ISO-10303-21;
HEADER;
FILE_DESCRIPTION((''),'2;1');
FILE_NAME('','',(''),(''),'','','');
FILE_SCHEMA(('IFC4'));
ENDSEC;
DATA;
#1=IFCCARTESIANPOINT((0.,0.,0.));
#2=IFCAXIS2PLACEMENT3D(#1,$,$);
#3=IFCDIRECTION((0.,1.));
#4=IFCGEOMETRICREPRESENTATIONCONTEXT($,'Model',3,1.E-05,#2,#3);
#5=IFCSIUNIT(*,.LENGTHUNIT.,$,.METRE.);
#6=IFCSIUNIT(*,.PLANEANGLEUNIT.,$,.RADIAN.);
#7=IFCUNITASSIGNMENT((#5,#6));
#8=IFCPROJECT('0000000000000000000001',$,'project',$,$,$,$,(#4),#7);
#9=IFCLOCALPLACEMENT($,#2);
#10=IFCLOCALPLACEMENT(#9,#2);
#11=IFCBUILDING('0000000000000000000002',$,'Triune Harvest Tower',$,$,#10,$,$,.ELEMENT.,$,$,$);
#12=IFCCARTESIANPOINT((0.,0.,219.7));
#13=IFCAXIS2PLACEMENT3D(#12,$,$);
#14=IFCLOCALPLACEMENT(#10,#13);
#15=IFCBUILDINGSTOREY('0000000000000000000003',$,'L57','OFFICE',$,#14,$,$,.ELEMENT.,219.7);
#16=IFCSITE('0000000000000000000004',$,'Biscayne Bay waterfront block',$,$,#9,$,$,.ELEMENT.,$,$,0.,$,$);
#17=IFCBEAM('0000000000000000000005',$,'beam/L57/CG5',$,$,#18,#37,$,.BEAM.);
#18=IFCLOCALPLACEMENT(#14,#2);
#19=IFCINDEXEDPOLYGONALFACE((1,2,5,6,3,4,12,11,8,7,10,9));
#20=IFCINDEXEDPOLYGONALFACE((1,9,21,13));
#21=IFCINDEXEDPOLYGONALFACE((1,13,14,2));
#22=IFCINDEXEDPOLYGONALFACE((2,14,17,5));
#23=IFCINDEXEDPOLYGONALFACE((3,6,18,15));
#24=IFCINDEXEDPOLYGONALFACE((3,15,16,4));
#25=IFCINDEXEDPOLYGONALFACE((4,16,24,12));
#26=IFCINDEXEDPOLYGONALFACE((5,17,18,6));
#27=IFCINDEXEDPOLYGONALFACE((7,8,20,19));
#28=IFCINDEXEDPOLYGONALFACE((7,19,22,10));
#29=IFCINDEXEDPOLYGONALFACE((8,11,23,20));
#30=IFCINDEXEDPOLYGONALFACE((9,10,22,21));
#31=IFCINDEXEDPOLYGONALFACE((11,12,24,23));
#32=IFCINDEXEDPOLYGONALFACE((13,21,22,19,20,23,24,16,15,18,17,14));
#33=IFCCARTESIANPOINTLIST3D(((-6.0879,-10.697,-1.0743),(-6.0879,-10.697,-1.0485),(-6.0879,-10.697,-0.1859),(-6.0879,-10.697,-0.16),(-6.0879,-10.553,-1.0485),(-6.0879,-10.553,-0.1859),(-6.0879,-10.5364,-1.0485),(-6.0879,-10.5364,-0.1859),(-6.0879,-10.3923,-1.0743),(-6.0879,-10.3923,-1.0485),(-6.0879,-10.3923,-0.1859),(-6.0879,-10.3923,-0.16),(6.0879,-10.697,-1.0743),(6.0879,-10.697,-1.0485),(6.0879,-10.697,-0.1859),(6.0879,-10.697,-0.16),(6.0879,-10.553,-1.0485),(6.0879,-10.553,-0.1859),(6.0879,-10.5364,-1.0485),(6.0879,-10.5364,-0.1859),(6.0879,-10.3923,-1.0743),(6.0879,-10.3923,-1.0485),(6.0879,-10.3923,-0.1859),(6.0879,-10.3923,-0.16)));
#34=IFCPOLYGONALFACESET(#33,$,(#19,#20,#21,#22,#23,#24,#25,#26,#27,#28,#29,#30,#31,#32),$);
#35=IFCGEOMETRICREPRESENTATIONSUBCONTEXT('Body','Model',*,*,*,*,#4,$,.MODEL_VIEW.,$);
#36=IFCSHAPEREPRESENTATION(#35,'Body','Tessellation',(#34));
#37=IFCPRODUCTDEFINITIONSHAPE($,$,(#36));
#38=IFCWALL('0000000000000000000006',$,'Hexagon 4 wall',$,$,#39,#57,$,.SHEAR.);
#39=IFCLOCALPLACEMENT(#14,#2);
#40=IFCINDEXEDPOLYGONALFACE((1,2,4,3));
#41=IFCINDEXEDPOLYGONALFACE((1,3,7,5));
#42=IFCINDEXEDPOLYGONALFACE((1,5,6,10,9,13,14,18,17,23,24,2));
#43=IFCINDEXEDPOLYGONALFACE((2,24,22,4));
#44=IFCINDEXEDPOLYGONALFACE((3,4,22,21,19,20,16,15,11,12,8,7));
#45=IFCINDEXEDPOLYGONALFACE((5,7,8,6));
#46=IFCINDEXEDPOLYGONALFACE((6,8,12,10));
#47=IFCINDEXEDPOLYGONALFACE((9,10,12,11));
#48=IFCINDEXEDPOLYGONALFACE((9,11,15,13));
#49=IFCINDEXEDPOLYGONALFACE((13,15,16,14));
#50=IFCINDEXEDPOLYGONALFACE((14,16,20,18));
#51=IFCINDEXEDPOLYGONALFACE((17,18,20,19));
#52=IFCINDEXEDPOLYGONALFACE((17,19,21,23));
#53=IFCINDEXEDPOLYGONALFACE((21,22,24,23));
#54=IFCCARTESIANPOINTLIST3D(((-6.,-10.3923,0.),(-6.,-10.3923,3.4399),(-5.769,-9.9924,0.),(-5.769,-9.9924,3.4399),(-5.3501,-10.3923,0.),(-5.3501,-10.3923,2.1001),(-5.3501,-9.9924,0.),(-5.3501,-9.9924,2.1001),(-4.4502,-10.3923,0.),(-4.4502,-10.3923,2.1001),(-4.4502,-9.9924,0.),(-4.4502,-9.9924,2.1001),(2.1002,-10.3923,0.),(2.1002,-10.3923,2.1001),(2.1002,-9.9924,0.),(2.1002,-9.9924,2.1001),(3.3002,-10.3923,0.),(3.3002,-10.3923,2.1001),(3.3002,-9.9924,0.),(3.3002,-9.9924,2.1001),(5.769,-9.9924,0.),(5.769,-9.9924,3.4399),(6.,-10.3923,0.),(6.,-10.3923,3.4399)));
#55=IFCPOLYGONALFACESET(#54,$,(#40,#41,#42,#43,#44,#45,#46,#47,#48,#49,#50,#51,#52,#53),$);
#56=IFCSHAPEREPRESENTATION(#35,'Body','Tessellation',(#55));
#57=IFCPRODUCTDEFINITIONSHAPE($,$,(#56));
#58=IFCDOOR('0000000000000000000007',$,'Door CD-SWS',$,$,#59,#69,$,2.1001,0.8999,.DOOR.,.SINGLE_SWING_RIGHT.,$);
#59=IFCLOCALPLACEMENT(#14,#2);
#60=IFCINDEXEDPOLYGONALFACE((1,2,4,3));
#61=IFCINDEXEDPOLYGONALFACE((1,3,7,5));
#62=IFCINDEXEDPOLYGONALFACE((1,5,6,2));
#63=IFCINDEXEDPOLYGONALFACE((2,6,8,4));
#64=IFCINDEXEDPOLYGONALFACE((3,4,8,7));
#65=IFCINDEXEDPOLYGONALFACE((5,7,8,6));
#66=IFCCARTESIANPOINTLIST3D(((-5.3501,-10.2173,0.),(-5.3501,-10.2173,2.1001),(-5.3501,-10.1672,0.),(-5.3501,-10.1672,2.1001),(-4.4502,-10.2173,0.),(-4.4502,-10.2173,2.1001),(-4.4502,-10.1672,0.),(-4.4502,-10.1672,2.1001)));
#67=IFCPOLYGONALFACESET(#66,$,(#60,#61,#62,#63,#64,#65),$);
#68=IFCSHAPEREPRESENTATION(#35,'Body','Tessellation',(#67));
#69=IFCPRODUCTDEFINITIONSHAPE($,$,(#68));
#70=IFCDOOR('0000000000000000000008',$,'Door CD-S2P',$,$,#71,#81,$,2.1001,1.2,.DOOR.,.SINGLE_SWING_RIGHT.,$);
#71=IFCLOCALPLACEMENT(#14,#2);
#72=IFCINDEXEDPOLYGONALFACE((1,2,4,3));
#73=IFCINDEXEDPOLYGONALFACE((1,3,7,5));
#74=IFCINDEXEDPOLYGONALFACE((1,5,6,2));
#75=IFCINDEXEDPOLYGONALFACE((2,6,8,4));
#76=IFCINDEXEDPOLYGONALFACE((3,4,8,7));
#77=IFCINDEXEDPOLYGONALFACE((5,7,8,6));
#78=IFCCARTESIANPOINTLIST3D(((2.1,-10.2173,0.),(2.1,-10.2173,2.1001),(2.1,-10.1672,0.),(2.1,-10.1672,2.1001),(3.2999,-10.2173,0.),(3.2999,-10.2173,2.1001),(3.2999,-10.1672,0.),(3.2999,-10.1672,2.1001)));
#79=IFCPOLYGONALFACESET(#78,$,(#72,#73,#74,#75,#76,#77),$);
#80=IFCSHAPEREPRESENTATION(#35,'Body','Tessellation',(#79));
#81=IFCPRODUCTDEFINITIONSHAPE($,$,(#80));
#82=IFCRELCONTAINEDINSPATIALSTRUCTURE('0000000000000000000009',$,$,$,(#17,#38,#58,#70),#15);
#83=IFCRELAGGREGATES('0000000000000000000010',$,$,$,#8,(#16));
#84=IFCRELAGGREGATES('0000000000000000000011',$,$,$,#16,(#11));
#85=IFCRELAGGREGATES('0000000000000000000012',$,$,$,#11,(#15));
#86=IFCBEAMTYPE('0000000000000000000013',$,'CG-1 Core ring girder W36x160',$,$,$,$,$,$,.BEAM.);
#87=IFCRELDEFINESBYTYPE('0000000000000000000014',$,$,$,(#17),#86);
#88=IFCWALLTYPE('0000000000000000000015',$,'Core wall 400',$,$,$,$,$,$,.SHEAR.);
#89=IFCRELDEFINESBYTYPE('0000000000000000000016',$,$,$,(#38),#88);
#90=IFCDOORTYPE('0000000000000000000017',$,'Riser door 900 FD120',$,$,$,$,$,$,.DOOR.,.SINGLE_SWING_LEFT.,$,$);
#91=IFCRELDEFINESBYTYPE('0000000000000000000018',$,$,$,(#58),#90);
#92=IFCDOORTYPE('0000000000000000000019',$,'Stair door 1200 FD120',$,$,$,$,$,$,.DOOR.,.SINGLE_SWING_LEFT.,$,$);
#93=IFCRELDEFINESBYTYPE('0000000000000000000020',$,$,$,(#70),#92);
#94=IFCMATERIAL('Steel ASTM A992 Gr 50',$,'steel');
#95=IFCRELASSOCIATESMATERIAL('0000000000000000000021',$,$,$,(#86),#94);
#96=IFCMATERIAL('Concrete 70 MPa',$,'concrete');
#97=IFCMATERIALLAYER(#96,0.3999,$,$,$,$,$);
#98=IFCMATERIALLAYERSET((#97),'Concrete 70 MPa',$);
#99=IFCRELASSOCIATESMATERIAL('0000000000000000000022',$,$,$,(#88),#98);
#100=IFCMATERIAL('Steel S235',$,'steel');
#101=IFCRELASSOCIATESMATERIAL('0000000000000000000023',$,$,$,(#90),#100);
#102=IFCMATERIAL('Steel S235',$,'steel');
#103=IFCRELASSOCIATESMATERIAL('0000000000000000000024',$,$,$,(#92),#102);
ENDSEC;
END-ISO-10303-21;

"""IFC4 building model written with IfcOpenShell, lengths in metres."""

from ifc_helpers import new_model, si_unit, direction, frame, frame_2d, origin, origin_2d, place, context, subcontext, project, spatial, polyline, rectangle, i_section, outline, extrude, source, transform, mapped, material, layer, layer_set, material_profile, profile_set, type_object, element, fill, save


model = new_model("IFC4")

# Units and contexts
model_context = context("Model", 3, precision=1e-05, world=origin(), true_north=direction((0.0, 1.0)))
body_context = subcontext(model_context, "Body", "Model", "MODEL_VIEW")
ifc_project = project(units=[si_unit("LENGTHUNIT", "METRE"), si_unit("PLANEANGLEUNIT", "RADIAN")], contexts=[model_context])

# Site, building, storey
site_placement = place(None, origin())
site = spatial("IfcSite", under=ifc_project, at=site_placement, Name="Biscayne Bay waterfront block", CompositionType="ELEMENT", RefElevation=0.0)
building_placement = place(site_placement, origin())
building = spatial("IfcBuilding", under=site, at=building_placement, Name="Triune Harvest Tower", CompositionType="ELEMENT")
storey_placement = place(building_placement, frame((0.0, 0.0, 219.7)))
storey = spatial("IfcBuildingStorey", under=building, at=storey_placement, Name="L57", Description="OFFICE", CompositionType="ELEMENT", Elevation=219.7)

# Beam
ifc_material_1 = material(Name="Steel ASTM A992 Gr 50", Category="steel")
ifc_material_profile = material_profile(ifc_material_1, i_section(OverallWidth=0.3047, OverallDepth=0.9143, WebThickness=0.0166, FlangeThickness=0.0259, at=origin_2d()), Name="W36x160")
ifc_profile_set = profile_set([ifc_material_profile], Name="Steel ASTM A992 Gr 50")
beam_type = type_object("IfcBeamType", Name="CG-1 Core ring girder W36x160", PredefinedType="BEAM", material=ifc_profile_set)
shared_shape_1 = source(origin(), body_context, "Body", "SweptSolid", [
    extrude(i_section(OverallWidth=0.3047, OverallDepth=0.9143, WebThickness=0.0166, FlangeThickness=0.0259, at=origin_2d()), origin(), (0.0, 0.0, 1.0), 12.1758),
])
beam_placement = place(storey_placement, frame((-6.0879, -10.5447, -0.6172), z_axis=(1.0, 0.0, 0.0), x_axis=(0.0, 1.0, 0.0)))
element("IfcBeam", 1, at=beam_placement, inside=storey, type_object=beam_type, Name="beam/L57/CG5", PredefinedType="BEAM", context=body_context, shape_type="MappedRepresentation", body=[
    mapped(shared_shape_1, transform((0.0, 0.0, 0.0), scale=1.0)),
])

# Wall, openings, doors
ifc_material_2 = material(Name="Concrete 70 MPa", Category="concrete")
ifc_layer_1 = layer(ifc_material_2, 0.3999)
ifc_layer_set_1 = layer_set([ifc_layer_1], Name="Concrete 70 MPa")
wall_type_1 = type_object("IfcWallType", Name="Core wall 400", PredefinedType="SHEAR", material=ifc_layer_set_1)
shared_shape_2 = source(origin(), body_context, "Body", "SweptSolid", [
    extrude(outline(polyline([(-0.1155, -0.2), (11.8845, -0.2), (11.6536, 0.2), (0.1155, 0.2), (-0.1155, -0.2)])), origin(), (0.0, 0.0, 1.0), 3.4399),
])
wall_1_placement = place(storey_placement, frame((-5.8845, -10.1924, 0.0), z_axis=(0.0, 0.0, 1.0), x_axis=(1.0, 0.0, 0.0)))
wall_1 = element("IfcWall", 2, at=wall_1_placement, inside=storey, type_object=wall_type_1, Name="Hexagon 4 wall", PredefinedType="SHEAR", context=body_context, shape_type="MappedRepresentation", body=[
    mapped(shared_shape_2, transform((0.0, 0.0, 0.0), scale=1.0)),
])
opening_1_placement = place(wall_1_placement, frame((7.9846, 0.0, 0.0)))
opening_1 = element("IfcOpeningElement", 3, at=opening_1_placement, cuts=wall_1, PredefinedType="OPENING", context=body_context, shape_type="SweptSolid", body=[
    extrude(rectangle(XDim=1.2, YDim=2.1001, at=frame_2d((0.6001, 1.05))), frame((0.0, 0.21, 0.0), z_axis=(0.0, -1.0, 0.0), x_axis=(1.0, 0.0, 0.0)), (0.0, 0.0, 1.0), 0.4199),
])
opening_2_placement = place(wall_1_placement, frame((0.5344, 0.0, 0.0)))
opening_2 = element("IfcOpeningElement", 4, at=opening_2_placement, cuts=wall_1, PredefinedType="OPENING", context=body_context, shape_type="SweptSolid", body=[
    extrude(rectangle(XDim=0.8999, YDim=2.1001, at=frame_2d((0.45, 1.05))), frame((0.0, 0.21, 0.0), z_axis=(0.0, -1.0, 0.0), x_axis=(1.0, 0.0, 0.0)), (0.0, 0.0, 1.0), 0.4199),
])
ifc_material_3 = material(Name="Steel S235", Category="steel")
door_type_1 = type_object("IfcDoorType", Name="Riser door 900 FD120", OperationType="SINGLE_SWING_LEFT", PredefinedType="DOOR", material=ifc_material_3)
door_1_placement = place(opening_2_placement, frame((0.8999, 0.0, 0.0), z_axis=(0.0, 0.0, 1.0), x_axis=(-1.0, 0.0, 0.0)))
door_1 = element("IfcDoor", 5, at=door_1_placement, inside=storey, type_object=door_type_1, Name="Door CD-SWS", OperationType="SINGLE_SWING_RIGHT", OverallHeight=2.1001, OverallWidth=0.8999, PredefinedType="DOOR", context=body_context, shape_type="SweptSolid", body=[
    extrude(rectangle(XDim=0.8999, YDim=2.1001, at=frame_2d((0.45, 1.05))), frame((0.0, 0.0249, 0.0), z_axis=(0.0, -1.0, 0.0), x_axis=(1.0, 0.0, 0.0)), (0.0, 0.0, 1.0), 0.05),
])
fill(opening_2, door_1)
ifc_material_4 = material(Name="Steel S235", Category="steel")
door_type_2 = type_object("IfcDoorType", Name="Stair door 1200 FD120", OperationType="SINGLE_SWING_LEFT", PredefinedType="DOOR", material=ifc_material_4)
door_2_placement = place(opening_1_placement, frame((1.2, 0.0, 0.0), z_axis=(0.0, 0.0, 1.0), x_axis=(-1.0, 0.0, 0.0)))
door_2 = element("IfcDoor", 6, at=door_2_placement, inside=storey, type_object=door_type_2, Name="Door CD-S2P", OperationType="SINGLE_SWING_RIGHT", OverallHeight=2.1001, OverallWidth=1.2, PredefinedType="DOOR", context=body_context, shape_type="SweptSolid", body=[
    extrude(rectangle(XDim=1.2, YDim=2.1001, at=frame_2d((0.6001, 1.05))), frame((0.0, 0.0249, 0.0), z_axis=(0.0, -1.0, 0.0), x_axis=(1.0, 0.0, 0.0)), (0.0, 0.0, 1.0), 0.05),
])
fill(opening_1, door_2)

save(model, "model.ifc")
